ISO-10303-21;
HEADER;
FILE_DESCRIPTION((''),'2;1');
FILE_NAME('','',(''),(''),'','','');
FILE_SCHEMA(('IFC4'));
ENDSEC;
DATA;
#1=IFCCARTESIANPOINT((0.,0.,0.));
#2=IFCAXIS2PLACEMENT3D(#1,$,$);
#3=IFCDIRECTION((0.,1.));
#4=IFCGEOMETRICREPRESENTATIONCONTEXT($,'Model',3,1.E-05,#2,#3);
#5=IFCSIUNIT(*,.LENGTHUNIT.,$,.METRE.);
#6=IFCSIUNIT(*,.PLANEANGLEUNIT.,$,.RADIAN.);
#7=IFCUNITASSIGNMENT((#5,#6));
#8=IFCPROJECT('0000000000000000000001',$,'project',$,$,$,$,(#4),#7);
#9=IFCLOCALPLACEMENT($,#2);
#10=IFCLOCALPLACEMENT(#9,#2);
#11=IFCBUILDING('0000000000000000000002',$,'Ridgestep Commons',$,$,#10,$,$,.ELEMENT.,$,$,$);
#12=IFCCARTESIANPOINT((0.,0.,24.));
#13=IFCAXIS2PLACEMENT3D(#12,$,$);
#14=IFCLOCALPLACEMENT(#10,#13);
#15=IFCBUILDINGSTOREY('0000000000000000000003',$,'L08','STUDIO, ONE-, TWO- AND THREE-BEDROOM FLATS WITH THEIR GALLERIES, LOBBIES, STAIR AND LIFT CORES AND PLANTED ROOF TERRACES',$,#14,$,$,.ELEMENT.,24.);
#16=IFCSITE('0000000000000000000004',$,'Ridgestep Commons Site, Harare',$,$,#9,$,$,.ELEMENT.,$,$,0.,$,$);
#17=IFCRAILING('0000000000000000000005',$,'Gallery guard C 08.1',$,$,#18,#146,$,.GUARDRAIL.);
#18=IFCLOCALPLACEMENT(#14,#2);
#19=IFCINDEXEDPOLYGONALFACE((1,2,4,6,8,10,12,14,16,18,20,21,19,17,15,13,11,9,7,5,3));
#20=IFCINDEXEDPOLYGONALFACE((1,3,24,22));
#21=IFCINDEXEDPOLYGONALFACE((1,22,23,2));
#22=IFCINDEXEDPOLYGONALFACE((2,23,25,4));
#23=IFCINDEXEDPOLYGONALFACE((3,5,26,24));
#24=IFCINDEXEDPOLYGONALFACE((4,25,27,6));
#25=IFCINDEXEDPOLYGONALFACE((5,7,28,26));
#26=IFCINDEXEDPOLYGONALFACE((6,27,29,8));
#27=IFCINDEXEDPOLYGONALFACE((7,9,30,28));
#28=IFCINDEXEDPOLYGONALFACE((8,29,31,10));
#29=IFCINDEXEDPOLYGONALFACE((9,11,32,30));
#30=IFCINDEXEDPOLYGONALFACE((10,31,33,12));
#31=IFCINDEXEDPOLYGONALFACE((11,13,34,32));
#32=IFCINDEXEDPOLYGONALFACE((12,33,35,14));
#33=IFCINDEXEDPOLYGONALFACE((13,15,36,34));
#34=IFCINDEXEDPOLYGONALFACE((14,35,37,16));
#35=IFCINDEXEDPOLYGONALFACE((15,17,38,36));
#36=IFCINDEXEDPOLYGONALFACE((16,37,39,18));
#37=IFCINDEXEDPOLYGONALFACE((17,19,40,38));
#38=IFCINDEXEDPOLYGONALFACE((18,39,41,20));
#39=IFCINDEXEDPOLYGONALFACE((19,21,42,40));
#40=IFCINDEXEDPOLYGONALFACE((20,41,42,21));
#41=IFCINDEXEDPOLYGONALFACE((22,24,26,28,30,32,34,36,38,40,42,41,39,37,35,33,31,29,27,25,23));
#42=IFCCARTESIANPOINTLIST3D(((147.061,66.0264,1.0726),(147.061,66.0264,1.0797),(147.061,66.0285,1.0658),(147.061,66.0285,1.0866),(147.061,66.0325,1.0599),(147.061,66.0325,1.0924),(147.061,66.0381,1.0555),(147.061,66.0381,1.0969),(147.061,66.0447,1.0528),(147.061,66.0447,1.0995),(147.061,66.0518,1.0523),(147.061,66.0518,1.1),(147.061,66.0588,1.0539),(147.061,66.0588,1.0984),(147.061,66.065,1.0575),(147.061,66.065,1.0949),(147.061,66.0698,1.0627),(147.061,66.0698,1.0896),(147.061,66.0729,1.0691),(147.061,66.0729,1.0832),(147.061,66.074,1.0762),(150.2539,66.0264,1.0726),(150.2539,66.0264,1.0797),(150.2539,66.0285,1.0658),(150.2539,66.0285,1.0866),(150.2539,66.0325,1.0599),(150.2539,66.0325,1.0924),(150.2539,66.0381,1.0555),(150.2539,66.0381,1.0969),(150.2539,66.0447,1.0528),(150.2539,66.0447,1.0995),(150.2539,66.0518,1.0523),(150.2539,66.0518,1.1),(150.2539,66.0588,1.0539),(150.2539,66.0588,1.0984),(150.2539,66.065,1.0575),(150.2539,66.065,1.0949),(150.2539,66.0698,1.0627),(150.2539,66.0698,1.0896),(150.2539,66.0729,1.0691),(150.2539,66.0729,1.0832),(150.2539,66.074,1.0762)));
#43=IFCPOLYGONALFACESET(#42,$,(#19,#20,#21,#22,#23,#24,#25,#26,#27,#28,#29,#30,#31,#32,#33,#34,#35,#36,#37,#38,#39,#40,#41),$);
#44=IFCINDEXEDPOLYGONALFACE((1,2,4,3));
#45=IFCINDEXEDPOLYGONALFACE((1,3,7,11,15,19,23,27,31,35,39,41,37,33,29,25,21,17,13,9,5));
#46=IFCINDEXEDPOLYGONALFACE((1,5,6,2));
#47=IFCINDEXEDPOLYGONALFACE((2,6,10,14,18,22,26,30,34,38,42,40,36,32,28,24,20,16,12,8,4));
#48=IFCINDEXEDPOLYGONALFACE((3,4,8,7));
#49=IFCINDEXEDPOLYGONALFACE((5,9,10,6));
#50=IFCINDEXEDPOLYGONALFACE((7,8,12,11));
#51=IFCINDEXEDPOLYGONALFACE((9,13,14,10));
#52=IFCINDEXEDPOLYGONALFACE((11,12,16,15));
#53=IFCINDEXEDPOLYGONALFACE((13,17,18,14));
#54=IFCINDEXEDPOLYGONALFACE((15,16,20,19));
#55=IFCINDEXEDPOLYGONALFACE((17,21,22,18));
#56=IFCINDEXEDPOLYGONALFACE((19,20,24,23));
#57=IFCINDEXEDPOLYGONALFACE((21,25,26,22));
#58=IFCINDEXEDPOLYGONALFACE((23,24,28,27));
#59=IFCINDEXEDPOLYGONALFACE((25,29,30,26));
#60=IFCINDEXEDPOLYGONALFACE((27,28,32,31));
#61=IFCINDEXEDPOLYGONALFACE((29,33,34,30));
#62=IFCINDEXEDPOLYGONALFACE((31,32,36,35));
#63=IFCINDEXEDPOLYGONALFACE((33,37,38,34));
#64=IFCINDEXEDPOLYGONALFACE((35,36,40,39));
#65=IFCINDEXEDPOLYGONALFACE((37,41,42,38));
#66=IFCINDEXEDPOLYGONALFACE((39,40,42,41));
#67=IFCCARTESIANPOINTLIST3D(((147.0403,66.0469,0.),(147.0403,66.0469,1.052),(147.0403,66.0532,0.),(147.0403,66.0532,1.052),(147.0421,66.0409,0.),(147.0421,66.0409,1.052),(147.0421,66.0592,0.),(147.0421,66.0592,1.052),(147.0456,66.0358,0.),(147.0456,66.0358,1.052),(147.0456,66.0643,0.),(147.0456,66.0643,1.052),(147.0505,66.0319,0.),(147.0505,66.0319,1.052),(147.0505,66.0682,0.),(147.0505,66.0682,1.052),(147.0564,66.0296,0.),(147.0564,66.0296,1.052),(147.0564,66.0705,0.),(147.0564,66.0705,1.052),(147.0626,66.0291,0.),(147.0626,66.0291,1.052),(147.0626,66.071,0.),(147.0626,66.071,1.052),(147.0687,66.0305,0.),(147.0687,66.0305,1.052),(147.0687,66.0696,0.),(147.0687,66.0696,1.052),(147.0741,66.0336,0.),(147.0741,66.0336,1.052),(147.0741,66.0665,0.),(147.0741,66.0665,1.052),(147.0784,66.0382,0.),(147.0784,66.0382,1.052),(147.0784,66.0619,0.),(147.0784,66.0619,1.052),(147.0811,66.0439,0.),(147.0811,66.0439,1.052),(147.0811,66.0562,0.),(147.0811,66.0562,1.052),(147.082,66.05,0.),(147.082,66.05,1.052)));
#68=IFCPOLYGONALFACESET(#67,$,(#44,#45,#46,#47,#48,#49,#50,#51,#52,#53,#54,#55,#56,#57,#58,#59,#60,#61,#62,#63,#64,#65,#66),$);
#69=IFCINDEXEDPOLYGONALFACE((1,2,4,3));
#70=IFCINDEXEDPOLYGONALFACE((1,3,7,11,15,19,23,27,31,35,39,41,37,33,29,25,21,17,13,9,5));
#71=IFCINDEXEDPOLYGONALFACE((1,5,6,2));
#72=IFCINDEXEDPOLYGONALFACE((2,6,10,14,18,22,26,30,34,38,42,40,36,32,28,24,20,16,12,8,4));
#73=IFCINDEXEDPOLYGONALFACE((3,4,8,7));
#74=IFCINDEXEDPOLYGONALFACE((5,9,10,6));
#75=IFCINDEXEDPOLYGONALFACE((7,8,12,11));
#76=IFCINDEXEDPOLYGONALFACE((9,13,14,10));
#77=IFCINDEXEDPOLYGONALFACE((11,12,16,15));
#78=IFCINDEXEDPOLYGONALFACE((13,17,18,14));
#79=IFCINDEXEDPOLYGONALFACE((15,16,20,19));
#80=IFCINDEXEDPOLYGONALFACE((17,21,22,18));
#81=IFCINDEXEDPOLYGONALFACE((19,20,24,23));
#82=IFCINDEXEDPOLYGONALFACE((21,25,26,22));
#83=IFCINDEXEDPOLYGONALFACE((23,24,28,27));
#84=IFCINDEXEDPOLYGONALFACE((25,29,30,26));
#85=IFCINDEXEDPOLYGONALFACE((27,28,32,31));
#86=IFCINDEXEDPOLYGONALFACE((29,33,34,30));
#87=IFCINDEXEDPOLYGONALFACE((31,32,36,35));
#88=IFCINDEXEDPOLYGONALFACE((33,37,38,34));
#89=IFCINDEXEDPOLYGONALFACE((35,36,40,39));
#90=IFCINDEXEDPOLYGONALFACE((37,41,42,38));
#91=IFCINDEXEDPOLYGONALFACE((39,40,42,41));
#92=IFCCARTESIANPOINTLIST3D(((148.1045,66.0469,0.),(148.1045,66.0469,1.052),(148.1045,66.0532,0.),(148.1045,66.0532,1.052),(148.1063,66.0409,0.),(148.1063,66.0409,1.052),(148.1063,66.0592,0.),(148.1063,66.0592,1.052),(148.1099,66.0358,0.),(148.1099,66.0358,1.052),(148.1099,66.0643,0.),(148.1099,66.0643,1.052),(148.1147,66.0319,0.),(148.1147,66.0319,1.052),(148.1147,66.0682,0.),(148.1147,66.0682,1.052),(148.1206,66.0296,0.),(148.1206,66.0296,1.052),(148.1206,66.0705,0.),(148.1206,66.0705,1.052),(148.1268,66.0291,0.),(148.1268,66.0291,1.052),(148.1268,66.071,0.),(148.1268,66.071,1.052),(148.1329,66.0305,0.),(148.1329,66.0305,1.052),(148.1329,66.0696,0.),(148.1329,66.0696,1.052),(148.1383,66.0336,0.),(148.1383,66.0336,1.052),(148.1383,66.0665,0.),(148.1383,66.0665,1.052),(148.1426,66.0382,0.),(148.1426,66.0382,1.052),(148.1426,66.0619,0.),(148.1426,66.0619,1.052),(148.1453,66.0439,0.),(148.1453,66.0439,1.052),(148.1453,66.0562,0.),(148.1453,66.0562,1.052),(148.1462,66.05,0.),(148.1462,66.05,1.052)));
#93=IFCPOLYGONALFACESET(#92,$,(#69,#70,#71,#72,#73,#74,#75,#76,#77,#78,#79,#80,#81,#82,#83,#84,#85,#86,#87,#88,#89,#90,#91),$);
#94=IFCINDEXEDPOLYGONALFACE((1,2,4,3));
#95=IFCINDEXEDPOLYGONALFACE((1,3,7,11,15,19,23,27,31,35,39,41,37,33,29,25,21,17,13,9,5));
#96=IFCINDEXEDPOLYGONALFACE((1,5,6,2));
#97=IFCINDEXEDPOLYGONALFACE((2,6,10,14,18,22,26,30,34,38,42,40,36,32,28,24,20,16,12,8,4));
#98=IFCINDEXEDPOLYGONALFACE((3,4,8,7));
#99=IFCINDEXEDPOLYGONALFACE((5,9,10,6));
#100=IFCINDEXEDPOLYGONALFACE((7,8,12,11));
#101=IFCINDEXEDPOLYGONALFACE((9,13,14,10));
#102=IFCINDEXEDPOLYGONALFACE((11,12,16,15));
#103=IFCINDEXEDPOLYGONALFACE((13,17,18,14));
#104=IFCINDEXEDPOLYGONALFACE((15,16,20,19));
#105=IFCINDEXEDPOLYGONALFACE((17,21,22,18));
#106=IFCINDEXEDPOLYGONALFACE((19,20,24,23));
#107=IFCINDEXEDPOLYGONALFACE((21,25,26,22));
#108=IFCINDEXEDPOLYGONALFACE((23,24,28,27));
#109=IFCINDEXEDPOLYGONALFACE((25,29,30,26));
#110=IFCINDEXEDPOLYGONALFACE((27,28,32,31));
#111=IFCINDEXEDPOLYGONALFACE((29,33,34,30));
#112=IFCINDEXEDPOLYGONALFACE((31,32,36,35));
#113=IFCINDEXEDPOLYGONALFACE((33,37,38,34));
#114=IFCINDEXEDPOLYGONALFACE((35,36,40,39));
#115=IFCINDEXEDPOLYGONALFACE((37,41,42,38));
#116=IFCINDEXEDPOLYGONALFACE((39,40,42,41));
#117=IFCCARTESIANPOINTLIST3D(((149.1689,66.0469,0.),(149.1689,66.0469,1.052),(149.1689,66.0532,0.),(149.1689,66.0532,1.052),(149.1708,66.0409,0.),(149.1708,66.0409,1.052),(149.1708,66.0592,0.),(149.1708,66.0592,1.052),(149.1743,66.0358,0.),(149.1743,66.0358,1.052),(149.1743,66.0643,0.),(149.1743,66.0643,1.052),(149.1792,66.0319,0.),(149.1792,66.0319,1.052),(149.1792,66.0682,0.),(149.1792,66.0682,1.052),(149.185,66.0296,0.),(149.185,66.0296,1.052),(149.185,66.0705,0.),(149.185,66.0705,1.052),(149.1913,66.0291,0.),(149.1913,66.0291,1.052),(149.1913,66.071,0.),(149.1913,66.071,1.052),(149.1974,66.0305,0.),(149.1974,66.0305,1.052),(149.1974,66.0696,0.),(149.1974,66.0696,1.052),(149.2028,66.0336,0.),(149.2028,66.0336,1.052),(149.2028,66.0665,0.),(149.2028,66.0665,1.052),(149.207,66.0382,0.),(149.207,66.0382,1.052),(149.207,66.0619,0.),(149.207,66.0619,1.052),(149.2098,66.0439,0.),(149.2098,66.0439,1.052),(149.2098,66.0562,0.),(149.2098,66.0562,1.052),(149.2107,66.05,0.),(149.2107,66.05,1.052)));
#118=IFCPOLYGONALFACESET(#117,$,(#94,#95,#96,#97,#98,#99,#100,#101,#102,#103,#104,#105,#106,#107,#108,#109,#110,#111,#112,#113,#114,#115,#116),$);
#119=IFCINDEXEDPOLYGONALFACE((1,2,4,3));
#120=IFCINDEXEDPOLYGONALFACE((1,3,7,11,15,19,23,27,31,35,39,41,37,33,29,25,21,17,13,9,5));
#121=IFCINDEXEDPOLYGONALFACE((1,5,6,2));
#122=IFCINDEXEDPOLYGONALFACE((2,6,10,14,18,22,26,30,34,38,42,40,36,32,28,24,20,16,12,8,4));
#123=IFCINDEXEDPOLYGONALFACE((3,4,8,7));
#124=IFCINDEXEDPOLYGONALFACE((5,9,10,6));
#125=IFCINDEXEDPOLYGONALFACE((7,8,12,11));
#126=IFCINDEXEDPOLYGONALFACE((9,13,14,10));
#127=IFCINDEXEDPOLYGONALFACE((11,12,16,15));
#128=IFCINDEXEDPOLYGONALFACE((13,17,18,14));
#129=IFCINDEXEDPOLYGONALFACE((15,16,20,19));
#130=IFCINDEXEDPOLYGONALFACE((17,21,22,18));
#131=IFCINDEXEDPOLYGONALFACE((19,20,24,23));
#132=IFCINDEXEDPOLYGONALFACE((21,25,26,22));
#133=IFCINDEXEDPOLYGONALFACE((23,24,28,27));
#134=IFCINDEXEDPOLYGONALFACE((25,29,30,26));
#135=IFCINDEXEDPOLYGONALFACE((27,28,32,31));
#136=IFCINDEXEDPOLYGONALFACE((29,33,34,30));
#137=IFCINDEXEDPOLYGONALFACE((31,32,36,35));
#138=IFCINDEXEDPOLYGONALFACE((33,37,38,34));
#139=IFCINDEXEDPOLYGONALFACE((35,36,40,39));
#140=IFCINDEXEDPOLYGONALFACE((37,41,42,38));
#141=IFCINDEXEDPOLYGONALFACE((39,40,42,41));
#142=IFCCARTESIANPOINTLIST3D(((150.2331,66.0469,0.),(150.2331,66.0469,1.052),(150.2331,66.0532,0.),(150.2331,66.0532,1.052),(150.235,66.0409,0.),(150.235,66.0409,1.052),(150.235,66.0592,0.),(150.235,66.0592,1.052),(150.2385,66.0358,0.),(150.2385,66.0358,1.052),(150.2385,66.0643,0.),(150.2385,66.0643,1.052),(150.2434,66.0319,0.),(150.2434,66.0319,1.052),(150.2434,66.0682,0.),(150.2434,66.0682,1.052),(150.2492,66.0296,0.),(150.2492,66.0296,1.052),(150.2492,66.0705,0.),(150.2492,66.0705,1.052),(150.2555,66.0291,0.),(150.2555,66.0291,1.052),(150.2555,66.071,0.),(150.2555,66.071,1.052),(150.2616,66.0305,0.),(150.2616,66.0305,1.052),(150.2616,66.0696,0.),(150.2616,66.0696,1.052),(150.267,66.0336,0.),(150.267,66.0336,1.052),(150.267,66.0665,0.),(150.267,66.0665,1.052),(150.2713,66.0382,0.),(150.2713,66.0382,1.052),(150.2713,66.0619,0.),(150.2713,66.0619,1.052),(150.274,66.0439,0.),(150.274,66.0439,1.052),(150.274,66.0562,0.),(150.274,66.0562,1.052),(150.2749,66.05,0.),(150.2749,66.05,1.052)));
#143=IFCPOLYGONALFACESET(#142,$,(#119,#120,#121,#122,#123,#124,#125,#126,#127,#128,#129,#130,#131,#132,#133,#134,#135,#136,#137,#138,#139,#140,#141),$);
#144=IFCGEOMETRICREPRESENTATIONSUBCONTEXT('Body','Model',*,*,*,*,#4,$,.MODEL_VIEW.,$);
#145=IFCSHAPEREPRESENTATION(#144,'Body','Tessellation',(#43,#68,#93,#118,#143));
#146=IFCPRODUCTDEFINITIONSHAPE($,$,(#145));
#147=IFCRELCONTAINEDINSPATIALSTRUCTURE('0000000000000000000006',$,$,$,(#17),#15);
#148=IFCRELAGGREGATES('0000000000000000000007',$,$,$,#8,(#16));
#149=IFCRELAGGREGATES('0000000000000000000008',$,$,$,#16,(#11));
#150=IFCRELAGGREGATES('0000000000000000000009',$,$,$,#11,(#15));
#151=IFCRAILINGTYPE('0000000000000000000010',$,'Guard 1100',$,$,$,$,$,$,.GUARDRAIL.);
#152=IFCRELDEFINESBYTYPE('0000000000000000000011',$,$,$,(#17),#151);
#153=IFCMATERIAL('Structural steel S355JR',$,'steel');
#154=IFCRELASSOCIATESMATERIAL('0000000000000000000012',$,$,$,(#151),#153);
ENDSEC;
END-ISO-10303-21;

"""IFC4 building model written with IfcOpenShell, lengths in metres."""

from ifc_helpers import new_model, si_unit, direction, frame, origin, origin_2d, place, context, subcontext, project, spatial, circle, extrude, material, type_object, element, save


model = new_model("IFC4")

# Units and contexts
model_context = context("Model", 3, precision=1e-05, world=origin(), true_north=direction((0.0, 1.0)))
body_context = subcontext(model_context, "Body", "Model", "MODEL_VIEW")
ifc_project = project(units=[si_unit("LENGTHUNIT", "METRE"), si_unit("PLANEANGLEUNIT", "RADIAN")], contexts=[model_context])

# Site, building, storey
site_placement = place(None, origin())
site = spatial("IfcSite", under=ifc_project, at=site_placement, Name="Ridgestep Commons Site, Harare", CompositionType="ELEMENT", RefElevation=0.0)
building_placement = place(site_placement, origin())
building = spatial("IfcBuilding", under=site, at=building_placement, Name="Ridgestep Commons", CompositionType="ELEMENT")
storey_placement = place(building_placement, frame((0.0, 0.0, 24.0)))
storey = spatial("IfcBuildingStorey", under=building, at=storey_placement, Name="L08", Description="STUDIO, ONE-, TWO- AND THREE-BEDROOM FLATS WITH THEIR GALLERIES, LOBBIES, STAIR AND LIFT CORES AND PLANTED ROOF TERRACES", CompositionType="ELEMENT", Elevation=24.0)

# Railing
ifc_material_1 = material(Name="Structural steel S355JR", Category="steel")
railing_type_1 = type_object("IfcRailingType", Name="Guard 1100", PredefinedType="GUARDRAIL", material=ifc_material_1)
railing_1_placement = place(storey_placement, frame((147.061, 66.05, 0.0)))
element("IfcRailing", 1, at=railing_1_placement, inside=storey, type_object=railing_type_1, Name="Gallery guard C 08.1", PredefinedType="GUARDRAIL", context=body_context, shape_type="SweptSolid", body=[
    extrude(circle(Radius=0.0239, at=origin_2d()), frame((0.0, 0.0, 1.0762), z_axis=(1.0, 0.0, 0.0), x_axis=(0.0, 1.0, 0.0)), (0.0, 0.0, 1.0), 3.1929),
    extrude(circle(Radius=0.021, at=origin_2d()), origin(), (0.0, 0.0, 1.0), 1.052),
    extrude(circle(Radius=0.021, at=origin_2d()), frame((1.0642, 0.0, 0.0)), (0.0, 0.0, 1.0), 1.052),
    extrude(circle(Radius=0.021, at=origin_2d()), frame((2.1287, 0.0, 0.0)), (0.0, 0.0, 1.0), 1.052),
    extrude(circle(Radius=0.021, at=origin_2d()), frame((3.1929, 0.0, 0.0)), (0.0, 0.0, 1.0), 1.052),
])

save(model, "model.ifc")
